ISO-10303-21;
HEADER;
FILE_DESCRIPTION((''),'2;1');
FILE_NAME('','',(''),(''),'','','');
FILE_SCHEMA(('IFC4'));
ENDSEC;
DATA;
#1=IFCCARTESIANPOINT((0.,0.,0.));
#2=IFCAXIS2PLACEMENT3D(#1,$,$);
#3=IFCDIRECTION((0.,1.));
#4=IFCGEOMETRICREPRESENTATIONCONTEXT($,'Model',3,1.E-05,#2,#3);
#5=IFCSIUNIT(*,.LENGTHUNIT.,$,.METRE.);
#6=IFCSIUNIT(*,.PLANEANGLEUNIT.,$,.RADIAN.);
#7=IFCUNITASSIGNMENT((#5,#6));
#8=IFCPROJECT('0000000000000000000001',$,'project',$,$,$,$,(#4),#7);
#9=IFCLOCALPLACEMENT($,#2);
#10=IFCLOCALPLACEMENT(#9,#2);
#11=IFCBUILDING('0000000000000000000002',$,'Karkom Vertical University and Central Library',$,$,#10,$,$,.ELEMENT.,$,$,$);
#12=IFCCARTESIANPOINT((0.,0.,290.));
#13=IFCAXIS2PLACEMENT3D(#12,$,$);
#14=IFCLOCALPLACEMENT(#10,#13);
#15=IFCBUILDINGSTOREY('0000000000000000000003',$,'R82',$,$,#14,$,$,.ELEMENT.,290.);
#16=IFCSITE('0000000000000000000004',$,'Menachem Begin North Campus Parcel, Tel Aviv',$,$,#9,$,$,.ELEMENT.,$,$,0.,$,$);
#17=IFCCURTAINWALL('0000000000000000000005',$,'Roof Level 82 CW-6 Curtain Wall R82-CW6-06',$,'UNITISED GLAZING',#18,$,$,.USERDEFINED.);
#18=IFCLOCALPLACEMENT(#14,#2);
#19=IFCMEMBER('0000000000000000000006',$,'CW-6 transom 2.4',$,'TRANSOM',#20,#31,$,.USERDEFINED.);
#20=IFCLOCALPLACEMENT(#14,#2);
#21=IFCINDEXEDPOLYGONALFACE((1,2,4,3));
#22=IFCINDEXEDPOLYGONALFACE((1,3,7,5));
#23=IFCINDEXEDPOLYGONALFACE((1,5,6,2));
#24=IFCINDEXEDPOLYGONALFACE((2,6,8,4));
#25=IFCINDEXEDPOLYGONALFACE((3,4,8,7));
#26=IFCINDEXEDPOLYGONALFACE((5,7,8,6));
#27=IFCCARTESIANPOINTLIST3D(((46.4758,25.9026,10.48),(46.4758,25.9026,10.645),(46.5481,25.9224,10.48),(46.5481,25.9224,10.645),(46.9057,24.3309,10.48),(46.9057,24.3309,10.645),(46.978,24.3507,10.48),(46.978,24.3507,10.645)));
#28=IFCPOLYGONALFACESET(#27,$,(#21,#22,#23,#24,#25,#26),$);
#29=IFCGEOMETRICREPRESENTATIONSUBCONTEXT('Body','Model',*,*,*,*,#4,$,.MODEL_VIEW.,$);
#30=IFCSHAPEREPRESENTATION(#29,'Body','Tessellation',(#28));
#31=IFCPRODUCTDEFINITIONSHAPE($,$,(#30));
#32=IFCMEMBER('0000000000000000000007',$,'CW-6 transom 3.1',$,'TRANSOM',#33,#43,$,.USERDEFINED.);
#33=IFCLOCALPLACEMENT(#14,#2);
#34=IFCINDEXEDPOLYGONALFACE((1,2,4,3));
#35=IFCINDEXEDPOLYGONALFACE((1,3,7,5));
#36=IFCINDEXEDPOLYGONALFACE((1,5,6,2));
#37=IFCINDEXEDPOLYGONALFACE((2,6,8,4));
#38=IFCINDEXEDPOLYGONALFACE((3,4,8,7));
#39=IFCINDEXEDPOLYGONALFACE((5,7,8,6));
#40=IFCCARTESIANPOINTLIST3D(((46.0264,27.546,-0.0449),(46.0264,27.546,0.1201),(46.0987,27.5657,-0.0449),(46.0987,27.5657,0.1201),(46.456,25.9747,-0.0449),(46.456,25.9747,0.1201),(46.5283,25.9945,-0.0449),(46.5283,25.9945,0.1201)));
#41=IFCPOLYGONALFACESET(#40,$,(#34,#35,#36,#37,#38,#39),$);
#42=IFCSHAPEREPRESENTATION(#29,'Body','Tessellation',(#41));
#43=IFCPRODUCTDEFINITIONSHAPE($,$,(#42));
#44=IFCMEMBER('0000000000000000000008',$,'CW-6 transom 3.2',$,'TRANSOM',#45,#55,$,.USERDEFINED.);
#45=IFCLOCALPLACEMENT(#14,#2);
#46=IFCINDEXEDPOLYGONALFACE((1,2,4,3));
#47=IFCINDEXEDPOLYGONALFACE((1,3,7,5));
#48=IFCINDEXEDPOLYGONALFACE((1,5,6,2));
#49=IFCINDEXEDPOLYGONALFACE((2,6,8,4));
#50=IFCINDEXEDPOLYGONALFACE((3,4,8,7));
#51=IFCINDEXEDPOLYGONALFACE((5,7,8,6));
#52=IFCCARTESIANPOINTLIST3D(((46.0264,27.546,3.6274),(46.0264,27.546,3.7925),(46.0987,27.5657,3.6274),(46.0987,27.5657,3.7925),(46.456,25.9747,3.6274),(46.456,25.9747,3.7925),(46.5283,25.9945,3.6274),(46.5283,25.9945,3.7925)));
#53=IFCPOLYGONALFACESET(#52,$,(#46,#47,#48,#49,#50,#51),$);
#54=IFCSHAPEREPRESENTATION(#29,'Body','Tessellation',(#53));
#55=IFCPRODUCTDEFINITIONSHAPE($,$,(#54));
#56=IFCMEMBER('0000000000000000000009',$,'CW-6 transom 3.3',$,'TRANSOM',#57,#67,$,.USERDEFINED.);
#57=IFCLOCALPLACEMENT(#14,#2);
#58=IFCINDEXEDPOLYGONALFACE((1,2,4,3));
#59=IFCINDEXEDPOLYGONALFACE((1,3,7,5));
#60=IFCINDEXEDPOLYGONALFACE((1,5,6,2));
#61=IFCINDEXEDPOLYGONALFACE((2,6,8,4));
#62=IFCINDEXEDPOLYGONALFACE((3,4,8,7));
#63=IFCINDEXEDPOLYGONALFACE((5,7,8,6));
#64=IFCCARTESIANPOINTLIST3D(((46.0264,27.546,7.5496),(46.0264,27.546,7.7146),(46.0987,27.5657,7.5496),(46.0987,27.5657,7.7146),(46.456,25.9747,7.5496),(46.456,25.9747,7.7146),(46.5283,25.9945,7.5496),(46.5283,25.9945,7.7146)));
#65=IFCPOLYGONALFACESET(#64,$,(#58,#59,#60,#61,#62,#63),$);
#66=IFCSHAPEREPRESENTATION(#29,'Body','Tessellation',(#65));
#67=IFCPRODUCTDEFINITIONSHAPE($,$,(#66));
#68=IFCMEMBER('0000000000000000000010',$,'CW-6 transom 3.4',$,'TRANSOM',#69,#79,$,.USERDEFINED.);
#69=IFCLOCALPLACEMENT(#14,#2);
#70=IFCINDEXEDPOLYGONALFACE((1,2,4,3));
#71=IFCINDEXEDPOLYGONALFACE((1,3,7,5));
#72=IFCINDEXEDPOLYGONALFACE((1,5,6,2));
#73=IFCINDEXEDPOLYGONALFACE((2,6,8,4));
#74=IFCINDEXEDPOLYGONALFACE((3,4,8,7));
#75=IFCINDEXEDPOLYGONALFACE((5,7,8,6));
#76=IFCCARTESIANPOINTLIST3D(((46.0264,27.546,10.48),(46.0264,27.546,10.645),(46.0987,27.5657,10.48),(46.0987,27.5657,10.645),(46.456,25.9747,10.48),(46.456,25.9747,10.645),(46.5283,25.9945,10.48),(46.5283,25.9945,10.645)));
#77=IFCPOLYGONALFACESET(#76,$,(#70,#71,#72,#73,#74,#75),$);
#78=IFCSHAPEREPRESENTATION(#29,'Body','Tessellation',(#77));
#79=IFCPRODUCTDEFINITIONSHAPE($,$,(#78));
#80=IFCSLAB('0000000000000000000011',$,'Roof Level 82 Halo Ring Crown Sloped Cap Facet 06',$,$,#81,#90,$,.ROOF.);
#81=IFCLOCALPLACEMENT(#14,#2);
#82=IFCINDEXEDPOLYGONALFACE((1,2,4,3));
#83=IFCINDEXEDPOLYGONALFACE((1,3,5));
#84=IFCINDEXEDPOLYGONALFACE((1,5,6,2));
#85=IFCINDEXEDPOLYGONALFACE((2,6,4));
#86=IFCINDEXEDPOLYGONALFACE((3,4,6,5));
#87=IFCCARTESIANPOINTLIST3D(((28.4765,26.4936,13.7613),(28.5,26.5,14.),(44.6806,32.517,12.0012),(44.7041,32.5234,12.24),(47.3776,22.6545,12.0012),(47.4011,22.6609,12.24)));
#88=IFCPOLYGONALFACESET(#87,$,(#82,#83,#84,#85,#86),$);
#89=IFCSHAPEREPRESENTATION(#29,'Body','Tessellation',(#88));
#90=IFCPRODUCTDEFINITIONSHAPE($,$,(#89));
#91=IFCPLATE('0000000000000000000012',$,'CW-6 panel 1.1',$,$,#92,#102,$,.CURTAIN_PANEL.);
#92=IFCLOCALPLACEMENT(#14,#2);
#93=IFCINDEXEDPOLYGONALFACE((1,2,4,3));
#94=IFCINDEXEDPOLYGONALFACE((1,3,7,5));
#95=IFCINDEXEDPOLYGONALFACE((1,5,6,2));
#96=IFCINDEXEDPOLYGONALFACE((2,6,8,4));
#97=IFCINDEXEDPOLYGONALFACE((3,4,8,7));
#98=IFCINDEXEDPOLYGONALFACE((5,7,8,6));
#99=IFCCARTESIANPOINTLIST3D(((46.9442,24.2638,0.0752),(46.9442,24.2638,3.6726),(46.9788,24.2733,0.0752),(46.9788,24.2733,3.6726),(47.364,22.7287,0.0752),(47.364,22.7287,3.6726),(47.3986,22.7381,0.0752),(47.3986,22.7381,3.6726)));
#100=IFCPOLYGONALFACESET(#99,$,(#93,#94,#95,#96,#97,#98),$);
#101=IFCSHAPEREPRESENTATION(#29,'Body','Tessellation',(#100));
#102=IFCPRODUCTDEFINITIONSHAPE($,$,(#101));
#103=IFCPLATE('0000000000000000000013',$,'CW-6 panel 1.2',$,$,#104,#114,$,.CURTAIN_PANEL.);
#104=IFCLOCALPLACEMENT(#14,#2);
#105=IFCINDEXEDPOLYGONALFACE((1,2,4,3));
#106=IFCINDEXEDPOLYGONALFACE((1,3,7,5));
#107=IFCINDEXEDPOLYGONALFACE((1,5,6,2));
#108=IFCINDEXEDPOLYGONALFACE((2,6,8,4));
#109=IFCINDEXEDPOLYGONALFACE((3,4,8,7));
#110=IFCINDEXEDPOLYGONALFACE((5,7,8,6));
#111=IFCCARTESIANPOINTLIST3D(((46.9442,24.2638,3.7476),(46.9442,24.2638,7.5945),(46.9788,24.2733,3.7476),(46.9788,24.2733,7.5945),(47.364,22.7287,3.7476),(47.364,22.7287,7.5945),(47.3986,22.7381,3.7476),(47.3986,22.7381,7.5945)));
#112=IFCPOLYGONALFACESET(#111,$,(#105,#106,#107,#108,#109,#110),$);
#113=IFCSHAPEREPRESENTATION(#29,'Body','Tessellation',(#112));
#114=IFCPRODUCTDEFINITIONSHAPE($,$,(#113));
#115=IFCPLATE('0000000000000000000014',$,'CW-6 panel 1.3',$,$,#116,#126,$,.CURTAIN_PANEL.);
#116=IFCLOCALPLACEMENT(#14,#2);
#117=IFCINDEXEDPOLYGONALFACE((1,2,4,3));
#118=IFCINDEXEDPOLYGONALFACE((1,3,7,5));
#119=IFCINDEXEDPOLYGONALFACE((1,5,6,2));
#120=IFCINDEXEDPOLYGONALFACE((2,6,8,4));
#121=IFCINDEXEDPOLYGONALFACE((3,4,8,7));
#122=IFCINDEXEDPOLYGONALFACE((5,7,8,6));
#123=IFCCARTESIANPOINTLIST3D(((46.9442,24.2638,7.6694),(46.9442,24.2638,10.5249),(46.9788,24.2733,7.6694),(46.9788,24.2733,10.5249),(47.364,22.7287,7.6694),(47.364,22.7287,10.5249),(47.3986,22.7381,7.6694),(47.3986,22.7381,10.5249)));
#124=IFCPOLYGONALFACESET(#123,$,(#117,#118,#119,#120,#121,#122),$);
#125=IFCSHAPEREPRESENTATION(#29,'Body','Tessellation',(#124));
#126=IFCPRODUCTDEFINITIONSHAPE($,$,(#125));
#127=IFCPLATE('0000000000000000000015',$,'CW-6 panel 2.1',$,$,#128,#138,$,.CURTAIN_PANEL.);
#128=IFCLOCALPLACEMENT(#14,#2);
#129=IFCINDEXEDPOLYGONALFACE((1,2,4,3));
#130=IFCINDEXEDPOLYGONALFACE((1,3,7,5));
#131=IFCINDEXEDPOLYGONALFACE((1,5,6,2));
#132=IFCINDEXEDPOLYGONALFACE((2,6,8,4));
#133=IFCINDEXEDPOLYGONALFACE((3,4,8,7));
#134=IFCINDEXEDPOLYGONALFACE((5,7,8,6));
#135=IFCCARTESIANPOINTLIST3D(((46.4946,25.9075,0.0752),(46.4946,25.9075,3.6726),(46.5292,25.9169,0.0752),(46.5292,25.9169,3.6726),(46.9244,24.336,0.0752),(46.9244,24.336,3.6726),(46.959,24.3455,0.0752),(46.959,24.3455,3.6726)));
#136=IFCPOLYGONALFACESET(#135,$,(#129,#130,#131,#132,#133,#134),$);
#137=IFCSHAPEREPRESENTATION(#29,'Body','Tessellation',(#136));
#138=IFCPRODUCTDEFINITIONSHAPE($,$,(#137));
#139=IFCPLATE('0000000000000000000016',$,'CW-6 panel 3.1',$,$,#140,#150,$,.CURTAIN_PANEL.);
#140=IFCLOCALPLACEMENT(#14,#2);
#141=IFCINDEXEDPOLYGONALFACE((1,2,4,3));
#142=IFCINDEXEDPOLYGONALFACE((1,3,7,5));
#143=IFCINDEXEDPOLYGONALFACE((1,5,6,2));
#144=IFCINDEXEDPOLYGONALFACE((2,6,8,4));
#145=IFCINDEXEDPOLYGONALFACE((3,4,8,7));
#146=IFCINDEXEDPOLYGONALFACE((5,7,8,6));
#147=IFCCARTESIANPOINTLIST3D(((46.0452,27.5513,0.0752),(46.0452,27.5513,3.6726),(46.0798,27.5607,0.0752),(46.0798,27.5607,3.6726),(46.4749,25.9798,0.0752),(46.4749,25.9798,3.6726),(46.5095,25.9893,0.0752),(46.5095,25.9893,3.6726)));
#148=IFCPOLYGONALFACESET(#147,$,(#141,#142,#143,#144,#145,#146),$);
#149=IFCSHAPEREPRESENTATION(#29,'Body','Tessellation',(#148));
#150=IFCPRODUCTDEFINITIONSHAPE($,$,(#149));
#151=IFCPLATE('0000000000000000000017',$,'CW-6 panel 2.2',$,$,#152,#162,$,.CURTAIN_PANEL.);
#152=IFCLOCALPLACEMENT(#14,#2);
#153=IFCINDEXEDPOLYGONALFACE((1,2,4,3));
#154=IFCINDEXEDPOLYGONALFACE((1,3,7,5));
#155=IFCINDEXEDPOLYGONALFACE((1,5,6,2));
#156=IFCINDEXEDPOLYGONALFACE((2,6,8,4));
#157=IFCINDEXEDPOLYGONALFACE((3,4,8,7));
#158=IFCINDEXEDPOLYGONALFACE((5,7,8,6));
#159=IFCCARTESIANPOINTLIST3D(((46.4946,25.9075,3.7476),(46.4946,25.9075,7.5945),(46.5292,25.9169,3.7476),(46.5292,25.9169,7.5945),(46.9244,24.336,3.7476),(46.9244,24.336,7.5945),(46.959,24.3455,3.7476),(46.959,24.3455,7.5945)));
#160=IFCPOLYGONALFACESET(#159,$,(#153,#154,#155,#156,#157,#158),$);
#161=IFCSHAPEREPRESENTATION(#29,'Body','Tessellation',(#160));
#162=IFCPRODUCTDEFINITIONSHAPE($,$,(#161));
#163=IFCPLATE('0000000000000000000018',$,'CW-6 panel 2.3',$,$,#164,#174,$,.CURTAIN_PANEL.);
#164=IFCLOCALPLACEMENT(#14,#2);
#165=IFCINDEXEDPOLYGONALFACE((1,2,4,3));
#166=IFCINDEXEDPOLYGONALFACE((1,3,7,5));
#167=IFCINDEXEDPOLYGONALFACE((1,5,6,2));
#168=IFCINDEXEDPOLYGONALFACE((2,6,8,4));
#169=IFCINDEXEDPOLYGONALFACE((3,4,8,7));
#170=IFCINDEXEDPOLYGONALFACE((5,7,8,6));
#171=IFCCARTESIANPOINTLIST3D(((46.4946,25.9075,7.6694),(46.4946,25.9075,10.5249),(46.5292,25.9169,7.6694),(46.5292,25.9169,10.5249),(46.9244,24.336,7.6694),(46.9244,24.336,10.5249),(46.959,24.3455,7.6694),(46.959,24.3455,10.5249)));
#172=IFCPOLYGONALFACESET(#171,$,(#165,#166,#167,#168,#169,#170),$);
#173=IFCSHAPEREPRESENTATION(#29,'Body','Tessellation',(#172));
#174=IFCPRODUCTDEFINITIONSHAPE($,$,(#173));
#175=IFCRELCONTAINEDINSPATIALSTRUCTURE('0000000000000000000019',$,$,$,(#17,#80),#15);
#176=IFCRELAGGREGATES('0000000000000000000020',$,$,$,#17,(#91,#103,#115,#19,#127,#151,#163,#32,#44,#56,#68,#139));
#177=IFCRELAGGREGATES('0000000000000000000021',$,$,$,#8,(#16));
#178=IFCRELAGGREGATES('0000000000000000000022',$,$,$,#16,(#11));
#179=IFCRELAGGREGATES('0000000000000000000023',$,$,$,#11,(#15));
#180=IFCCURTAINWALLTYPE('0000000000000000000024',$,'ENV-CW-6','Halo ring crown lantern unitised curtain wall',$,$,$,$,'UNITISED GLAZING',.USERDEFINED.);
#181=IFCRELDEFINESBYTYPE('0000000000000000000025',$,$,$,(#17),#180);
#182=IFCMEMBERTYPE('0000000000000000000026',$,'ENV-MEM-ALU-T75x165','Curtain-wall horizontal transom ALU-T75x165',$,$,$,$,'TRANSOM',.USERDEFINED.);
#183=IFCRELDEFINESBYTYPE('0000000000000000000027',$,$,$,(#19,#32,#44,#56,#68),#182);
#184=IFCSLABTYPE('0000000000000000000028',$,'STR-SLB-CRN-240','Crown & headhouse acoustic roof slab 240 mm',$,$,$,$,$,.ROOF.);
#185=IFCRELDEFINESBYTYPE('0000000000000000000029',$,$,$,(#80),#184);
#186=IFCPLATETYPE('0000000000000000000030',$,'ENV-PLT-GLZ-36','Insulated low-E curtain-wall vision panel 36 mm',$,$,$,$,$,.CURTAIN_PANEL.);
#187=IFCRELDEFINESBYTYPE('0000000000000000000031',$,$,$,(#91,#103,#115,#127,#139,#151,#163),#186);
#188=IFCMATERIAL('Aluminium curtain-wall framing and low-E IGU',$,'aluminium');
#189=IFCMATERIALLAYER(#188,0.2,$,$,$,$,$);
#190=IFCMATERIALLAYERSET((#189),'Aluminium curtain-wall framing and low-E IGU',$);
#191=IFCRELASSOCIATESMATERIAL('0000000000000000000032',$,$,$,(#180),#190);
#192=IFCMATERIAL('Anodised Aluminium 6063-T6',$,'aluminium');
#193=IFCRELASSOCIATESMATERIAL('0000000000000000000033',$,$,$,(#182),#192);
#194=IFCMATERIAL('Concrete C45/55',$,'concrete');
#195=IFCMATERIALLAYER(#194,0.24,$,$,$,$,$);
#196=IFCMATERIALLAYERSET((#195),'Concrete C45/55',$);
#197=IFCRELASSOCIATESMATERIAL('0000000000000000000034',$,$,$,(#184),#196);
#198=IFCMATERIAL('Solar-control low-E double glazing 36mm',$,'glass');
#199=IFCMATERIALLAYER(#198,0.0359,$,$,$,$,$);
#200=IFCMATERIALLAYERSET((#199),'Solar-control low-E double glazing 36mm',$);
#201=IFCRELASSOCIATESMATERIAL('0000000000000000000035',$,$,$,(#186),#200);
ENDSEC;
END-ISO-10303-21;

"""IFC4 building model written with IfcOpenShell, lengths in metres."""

from ifc_helpers import new_model, si_unit, direction, frame, origin, origin_with_axes, origin_2d, place, context, subcontext, project, spatial, polyline, rectangle, outline, extrude, source, transform, mapped, material, layer, layer_set, material_profile, profile_set, type_object, element, aggregate, save


model = new_model("IFC4")

# Units and contexts
model_context = context("Model", 3, precision=1e-05, world=origin(), true_north=direction((0.0, 1.0)))
body_context = subcontext(model_context, "Body", "Model", "MODEL_VIEW")
ifc_project = project(units=[si_unit("LENGTHUNIT", "METRE"), si_unit("PLANEANGLEUNIT", "RADIAN")], contexts=[model_context])

# Site, building, storey
site_placement = place(None, origin())
site = spatial("IfcSite", under=ifc_project, at=site_placement, Name="Menachem Begin North Campus Parcel, Tel Aviv", CompositionType="ELEMENT", RefElevation=0.0)
building_placement = place(site_placement, origin())
building = spatial("IfcBuilding", under=site, at=building_placement, Name="Karkom Vertical University and Central Library", CompositionType="ELEMENT")
storey_placement = place(building_placement, frame((0.0, 0.0, 290.0)))
storey = spatial("IfcBuildingStorey", under=building, at=storey_placement, Name="R82", CompositionType="ELEMENT", Elevation=290.0)

# Curtain wall, members
ifc_material_1 = material(Name="Aluminium curtain-wall framing and low-E IGU", Category="aluminium")
ifc_layer_1 = layer(ifc_material_1, 0.2)
ifc_layer_set_1 = layer_set([ifc_layer_1], Name="Aluminium curtain-wall framing and low-E IGU")
curtain_wall_type = type_object("IfcCurtainWallType", Name="ENV-CW-6", Description="Halo ring crown lantern unitised curtain wall", ElementType="UNITISED GLAZING", PredefinedType="USERDEFINED", material=ifc_layer_set_1)
curtain_wall_placement = place(storey_placement, origin())
curtain_wall = element("IfcCurtainWall", 1, at=curtain_wall_placement, inside=storey, type_object=curtain_wall_type, Name="Roof Level 82 CW-6 Curtain Wall R82-CW6-06", ObjectType="UNITISED GLAZING", PredefinedType="USERDEFINED")
ifc_material_2 = material(Name="Anodised Aluminium 6063-T6", Category="aluminium")
ifc_material_profile_1 = material_profile(ifc_material_2, rectangle(XDim=0.075, YDim=0.165, at=origin_2d()), Name="ALU-T75x165")
ifc_profile_set_1 = profile_set([ifc_material_profile_1], Name="Anodised Aluminium 6063-T6")
member_type_1 = type_object("IfcMemberType", Name="ENV-MEM-ALU-T75x165", Description="Curtain-wall horizontal transom ALU-T75x165", ElementType="TRANSOM", PredefinedType="USERDEFINED", material=ifc_profile_set_1)
shared_shape_1 = source(origin_with_axes(), body_context, "Body", "SweptSolid", [
    extrude(rectangle(XDim=0.075, YDim=0.165, at=origin_2d()), origin(), (0.0, 0.0, 1.0), 1.6294),
])
member_1_placement = place(storey_placement, frame((46.9419, 24.3408, 10.5625), z_axis=(-0.263878, 0.964556, 0.0), x_axis=(-0.964556, -0.263878, 0.0)))
member_1 = element("IfcMember", 2, at=member_1_placement, type_object=member_type_1, Name="CW-6 transom 2.4", ObjectType="TRANSOM", PredefinedType="USERDEFINED", context=body_context, shape_type="MappedRepresentation", body=[
    mapped(shared_shape_1, transform((0.0, 0.0, 0.0), scale=1.0)),
])
shared_shape_2 = source(origin_with_axes(), body_context, "Body", "SweptSolid", [
    extrude(rectangle(XDim=0.075, YDim=0.165, at=origin_2d()), origin(), (0.0, 0.0, 1.0), 1.6289),
])
member_2_placement = place(storey_placement, frame((46.4922, 25.9846, 0.0376), z_axis=(-0.263777, 0.964584, 0.0), x_axis=(-0.964584, -0.263777, 0.0)))
member_2 = element("IfcMember", 3, at=member_2_placement, type_object=member_type_1, Name="CW-6 transom 3.1", ObjectType="TRANSOM", PredefinedType="USERDEFINED", context=body_context, shape_type="MappedRepresentation", body=[
    mapped(shared_shape_2, transform((0.0, 0.0, 0.0), scale=1.0)),
])
member_3_placement = place(storey_placement, frame((46.4922, 25.9846, 3.71), z_axis=(-0.263777, 0.964584, 0.0), x_axis=(-0.964584, -0.263777, 0.0)))
member_3 = element("IfcMember", 4, at=member_3_placement, type_object=member_type_1, Name="CW-6 transom 3.2", ObjectType="TRANSOM", PredefinedType="USERDEFINED", context=body_context, shape_type="MappedRepresentation", body=[
    mapped(shared_shape_2, transform((0.0, 0.0, 0.0), scale=1.0)),
])
member_4_placement = place(storey_placement, frame((46.4922, 25.9846, 7.6321), z_axis=(-0.263777, 0.964584, 0.0), x_axis=(-0.964584, -0.263777, 0.0)))
member_4 = element("IfcMember", 5, at=member_4_placement, type_object=member_type_1, Name="CW-6 transom 3.3", ObjectType="TRANSOM", PredefinedType="USERDEFINED", context=body_context, shape_type="MappedRepresentation", body=[
    mapped(shared_shape_2, transform((0.0, 0.0, 0.0), scale=1.0)),
])
member_5_placement = place(storey_placement, frame((46.4922, 25.9846, 10.5625), z_axis=(-0.263777, 0.964584, 0.0), x_axis=(-0.964584, -0.263777, 0.0)))
member_5 = element("IfcMember", 6, at=member_5_placement, type_object=member_type_1, Name="CW-6 transom 3.4", ObjectType="TRANSOM", PredefinedType="USERDEFINED", context=body_context, shape_type="MappedRepresentation", body=[
    mapped(shared_shape_2, transform((0.0, 0.0, 0.0), scale=1.0)),
])

# Slab
ifc_material_3 = material(Name="Concrete C45/55", Category="concrete")
ifc_layer_2 = layer(ifc_material_3, 0.24)
ifc_layer_set_2 = layer_set([ifc_layer_2], Name="Concrete C45/55")
slab_type = type_object("IfcSlabType", Name="STR-SLB-CRN-240", Description="Crown & headhouse acoustic roof slab 240 mm", PredefinedType="ROOF", material=ifc_layer_set_2)
slab_placement = place(storey_placement, frame((47.4011, 22.6609, 12.24), z_axis=(0.098082, 0.026822, 0.994817), x_axis=(-0.263776, 0.964584, 0.0)))
element("IfcSlab", 7, at=slab_placement, inside=storey, type_object=slab_type, Name="Roof Level 82 Halo Ring Crown Sloped Cap Facet 06", PredefinedType="ROOF", context=body_context, shape_type="SweptSolid", body=[
    extrude(outline(polyline([(0.0, 0.0), (10.2247, 0.0), (8.6888, 17.3088), (0.0, 0.0)])), origin(), (0.0, 0.0, -1.0), 0.24),
])

# Plates
ifc_material_4 = material(Name="Solar-control low-E double glazing 36mm", Category="glass")
ifc_layer_3 = layer(ifc_material_4, 0.0359)
ifc_layer_set_3 = layer_set([ifc_layer_3], Name="Solar-control low-E double glazing 36mm")
plate_type = type_object("IfcPlateType", Name="ENV-PLT-GLZ-36", Description="Insulated low-E curtain-wall vision panel 36 mm", PredefinedType="CURTAIN_PANEL", material=ifc_layer_set_3)
shared_shape_3 = source(origin_with_axes(), body_context, "Body", "SweptSolid", [
    extrude(rectangle(XDim=1.5916, YDim=0.0359, at=origin_2d()), origin(), (0.0, 0.0, 1.0), 3.5974),
])
plate_1_placement = place(storey_placement, frame((47.1714, 23.501, 0.0752), z_axis=(0.0, 0.0, 1.0), x_axis=(-0.263791, 0.96458, 0.0)))
plate_1 = element("IfcPlate", 8, at=plate_1_placement, type_object=plate_type, Name="CW-6 panel 1.1", PredefinedType="CURTAIN_PANEL", context=body_context, shape_type="MappedRepresentation", body=[
    mapped(shared_shape_3, transform((0.0, 0.0, 0.0), scale=1.0)),
])
shared_shape_4 = source(origin_with_axes(), body_context, "Body", "SweptSolid", [
    extrude(rectangle(XDim=1.5916, YDim=0.0359, at=origin_2d()), origin(), (0.0, 0.0, 1.0), 3.8469),
])
plate_2_placement = place(storey_placement, frame((47.1714, 23.501, 3.7476), z_axis=(0.0, 0.0, 1.0), x_axis=(-0.263791, 0.96458, 0.0)))
plate_2 = element("IfcPlate", 9, at=plate_2_placement, type_object=plate_type, Name="CW-6 panel 1.2", PredefinedType="CURTAIN_PANEL", context=body_context, shape_type="MappedRepresentation", body=[
    mapped(shared_shape_4, transform((0.0, 0.0, 0.0), scale=1.0)),
])
shared_shape_5 = source(origin_with_axes(), body_context, "Body", "SweptSolid", [
    extrude(rectangle(XDim=1.5916, YDim=0.0359, at=origin_2d()), origin(), (0.0, 0.0, 1.0), 2.8555),
])
plate_3_placement = place(storey_placement, frame((47.1714, 23.501, 7.6694), z_axis=(0.0, 0.0, 1.0), x_axis=(-0.263791, 0.96458, 0.0)))
plate_3 = element("IfcPlate", 10, at=plate_3_placement, type_object=plate_type, Name="CW-6 panel 1.3", PredefinedType="CURTAIN_PANEL", context=body_context, shape_type="MappedRepresentation", body=[
    mapped(shared_shape_5, transform((0.0, 0.0, 0.0), scale=1.0)),
])
shared_shape_6 = source(origin_with_axes(), body_context, "Body", "SweptSolid", [
    extrude(rectangle(XDim=1.6292, YDim=0.0359, at=origin_2d()), origin(), (0.0, 0.0, 1.0), 3.5974),
])
plate_4_placement = place(storey_placement, frame((46.7268, 25.1265, 0.0752), z_axis=(0.0, 0.0, 1.0), x_axis=(-0.263791, 0.96458, 0.0)))
plate_4 = element("IfcPlate", 11, at=plate_4_placement, type_object=plate_type, Name="CW-6 panel 2.1", PredefinedType="CURTAIN_PANEL", context=body_context, shape_type="MappedRepresentation", body=[
    mapped(shared_shape_6, transform((0.0, 0.0, 0.0), scale=1.0)),
])
plate_5_placement = place(storey_placement, frame((46.2773, 26.7703, 0.0752), z_axis=(0.0, 0.0, 1.0), x_axis=(-0.263791, 0.96458, 0.0)))
plate_5 = element("IfcPlate", 12, at=plate_5_placement, type_object=plate_type, Name="CW-6 panel 3.1", PredefinedType="CURTAIN_PANEL", context=body_context, shape_type="MappedRepresentation", body=[
    mapped(shared_shape_6, transform((0.0, 0.0, 0.0), scale=1.0)),
])
shared_shape_7 = source(origin_with_axes(), body_context, "Body", "SweptSolid", [
    extrude(rectangle(XDim=1.6292, YDim=0.0359, at=origin_2d()), origin(), (0.0, 0.0, 1.0), 3.8469),
])
plate_6_placement = place(storey_placement, frame((46.7268, 25.1265, 3.7476), z_axis=(0.0, 0.0, 1.0), x_axis=(-0.263791, 0.96458, 0.0)))
plate_6 = element("IfcPlate", 13, at=plate_6_placement, type_object=plate_type, Name="CW-6 panel 2.2", PredefinedType="CURTAIN_PANEL", context=body_context, shape_type="MappedRepresentation", body=[
    mapped(shared_shape_7, transform((0.0, 0.0, 0.0), scale=1.0)),
])
shared_shape_8 = source(origin_with_axes(), body_context, "Body", "SweptSolid", [
    extrude(rectangle(XDim=1.6292, YDim=0.0359, at=origin_2d()), origin(), (0.0, 0.0, 1.0), 2.8555),
])
plate_7_placement = place(storey_placement, frame((46.7268, 25.1265, 7.6694), z_axis=(0.0, 0.0, 1.0), x_axis=(-0.263791, 0.96458, 0.0)))
plate_7 = element("IfcPlate", 14, at=plate_7_placement, type_object=plate_type, Name="CW-6 panel 2.3", PredefinedType="CURTAIN_PANEL", context=body_context, shape_type="MappedRepresentation", body=[
    mapped(shared_shape_8, transform((0.0, 0.0, 0.0), scale=1.0)),
])
aggregate(curtain_wall, [plate_1, plate_2, plate_3, member_1, plate_4, plate_6, plate_7, member_2, member_3, member_4, member_5, plate_5])

save(model, "model.ifc")
